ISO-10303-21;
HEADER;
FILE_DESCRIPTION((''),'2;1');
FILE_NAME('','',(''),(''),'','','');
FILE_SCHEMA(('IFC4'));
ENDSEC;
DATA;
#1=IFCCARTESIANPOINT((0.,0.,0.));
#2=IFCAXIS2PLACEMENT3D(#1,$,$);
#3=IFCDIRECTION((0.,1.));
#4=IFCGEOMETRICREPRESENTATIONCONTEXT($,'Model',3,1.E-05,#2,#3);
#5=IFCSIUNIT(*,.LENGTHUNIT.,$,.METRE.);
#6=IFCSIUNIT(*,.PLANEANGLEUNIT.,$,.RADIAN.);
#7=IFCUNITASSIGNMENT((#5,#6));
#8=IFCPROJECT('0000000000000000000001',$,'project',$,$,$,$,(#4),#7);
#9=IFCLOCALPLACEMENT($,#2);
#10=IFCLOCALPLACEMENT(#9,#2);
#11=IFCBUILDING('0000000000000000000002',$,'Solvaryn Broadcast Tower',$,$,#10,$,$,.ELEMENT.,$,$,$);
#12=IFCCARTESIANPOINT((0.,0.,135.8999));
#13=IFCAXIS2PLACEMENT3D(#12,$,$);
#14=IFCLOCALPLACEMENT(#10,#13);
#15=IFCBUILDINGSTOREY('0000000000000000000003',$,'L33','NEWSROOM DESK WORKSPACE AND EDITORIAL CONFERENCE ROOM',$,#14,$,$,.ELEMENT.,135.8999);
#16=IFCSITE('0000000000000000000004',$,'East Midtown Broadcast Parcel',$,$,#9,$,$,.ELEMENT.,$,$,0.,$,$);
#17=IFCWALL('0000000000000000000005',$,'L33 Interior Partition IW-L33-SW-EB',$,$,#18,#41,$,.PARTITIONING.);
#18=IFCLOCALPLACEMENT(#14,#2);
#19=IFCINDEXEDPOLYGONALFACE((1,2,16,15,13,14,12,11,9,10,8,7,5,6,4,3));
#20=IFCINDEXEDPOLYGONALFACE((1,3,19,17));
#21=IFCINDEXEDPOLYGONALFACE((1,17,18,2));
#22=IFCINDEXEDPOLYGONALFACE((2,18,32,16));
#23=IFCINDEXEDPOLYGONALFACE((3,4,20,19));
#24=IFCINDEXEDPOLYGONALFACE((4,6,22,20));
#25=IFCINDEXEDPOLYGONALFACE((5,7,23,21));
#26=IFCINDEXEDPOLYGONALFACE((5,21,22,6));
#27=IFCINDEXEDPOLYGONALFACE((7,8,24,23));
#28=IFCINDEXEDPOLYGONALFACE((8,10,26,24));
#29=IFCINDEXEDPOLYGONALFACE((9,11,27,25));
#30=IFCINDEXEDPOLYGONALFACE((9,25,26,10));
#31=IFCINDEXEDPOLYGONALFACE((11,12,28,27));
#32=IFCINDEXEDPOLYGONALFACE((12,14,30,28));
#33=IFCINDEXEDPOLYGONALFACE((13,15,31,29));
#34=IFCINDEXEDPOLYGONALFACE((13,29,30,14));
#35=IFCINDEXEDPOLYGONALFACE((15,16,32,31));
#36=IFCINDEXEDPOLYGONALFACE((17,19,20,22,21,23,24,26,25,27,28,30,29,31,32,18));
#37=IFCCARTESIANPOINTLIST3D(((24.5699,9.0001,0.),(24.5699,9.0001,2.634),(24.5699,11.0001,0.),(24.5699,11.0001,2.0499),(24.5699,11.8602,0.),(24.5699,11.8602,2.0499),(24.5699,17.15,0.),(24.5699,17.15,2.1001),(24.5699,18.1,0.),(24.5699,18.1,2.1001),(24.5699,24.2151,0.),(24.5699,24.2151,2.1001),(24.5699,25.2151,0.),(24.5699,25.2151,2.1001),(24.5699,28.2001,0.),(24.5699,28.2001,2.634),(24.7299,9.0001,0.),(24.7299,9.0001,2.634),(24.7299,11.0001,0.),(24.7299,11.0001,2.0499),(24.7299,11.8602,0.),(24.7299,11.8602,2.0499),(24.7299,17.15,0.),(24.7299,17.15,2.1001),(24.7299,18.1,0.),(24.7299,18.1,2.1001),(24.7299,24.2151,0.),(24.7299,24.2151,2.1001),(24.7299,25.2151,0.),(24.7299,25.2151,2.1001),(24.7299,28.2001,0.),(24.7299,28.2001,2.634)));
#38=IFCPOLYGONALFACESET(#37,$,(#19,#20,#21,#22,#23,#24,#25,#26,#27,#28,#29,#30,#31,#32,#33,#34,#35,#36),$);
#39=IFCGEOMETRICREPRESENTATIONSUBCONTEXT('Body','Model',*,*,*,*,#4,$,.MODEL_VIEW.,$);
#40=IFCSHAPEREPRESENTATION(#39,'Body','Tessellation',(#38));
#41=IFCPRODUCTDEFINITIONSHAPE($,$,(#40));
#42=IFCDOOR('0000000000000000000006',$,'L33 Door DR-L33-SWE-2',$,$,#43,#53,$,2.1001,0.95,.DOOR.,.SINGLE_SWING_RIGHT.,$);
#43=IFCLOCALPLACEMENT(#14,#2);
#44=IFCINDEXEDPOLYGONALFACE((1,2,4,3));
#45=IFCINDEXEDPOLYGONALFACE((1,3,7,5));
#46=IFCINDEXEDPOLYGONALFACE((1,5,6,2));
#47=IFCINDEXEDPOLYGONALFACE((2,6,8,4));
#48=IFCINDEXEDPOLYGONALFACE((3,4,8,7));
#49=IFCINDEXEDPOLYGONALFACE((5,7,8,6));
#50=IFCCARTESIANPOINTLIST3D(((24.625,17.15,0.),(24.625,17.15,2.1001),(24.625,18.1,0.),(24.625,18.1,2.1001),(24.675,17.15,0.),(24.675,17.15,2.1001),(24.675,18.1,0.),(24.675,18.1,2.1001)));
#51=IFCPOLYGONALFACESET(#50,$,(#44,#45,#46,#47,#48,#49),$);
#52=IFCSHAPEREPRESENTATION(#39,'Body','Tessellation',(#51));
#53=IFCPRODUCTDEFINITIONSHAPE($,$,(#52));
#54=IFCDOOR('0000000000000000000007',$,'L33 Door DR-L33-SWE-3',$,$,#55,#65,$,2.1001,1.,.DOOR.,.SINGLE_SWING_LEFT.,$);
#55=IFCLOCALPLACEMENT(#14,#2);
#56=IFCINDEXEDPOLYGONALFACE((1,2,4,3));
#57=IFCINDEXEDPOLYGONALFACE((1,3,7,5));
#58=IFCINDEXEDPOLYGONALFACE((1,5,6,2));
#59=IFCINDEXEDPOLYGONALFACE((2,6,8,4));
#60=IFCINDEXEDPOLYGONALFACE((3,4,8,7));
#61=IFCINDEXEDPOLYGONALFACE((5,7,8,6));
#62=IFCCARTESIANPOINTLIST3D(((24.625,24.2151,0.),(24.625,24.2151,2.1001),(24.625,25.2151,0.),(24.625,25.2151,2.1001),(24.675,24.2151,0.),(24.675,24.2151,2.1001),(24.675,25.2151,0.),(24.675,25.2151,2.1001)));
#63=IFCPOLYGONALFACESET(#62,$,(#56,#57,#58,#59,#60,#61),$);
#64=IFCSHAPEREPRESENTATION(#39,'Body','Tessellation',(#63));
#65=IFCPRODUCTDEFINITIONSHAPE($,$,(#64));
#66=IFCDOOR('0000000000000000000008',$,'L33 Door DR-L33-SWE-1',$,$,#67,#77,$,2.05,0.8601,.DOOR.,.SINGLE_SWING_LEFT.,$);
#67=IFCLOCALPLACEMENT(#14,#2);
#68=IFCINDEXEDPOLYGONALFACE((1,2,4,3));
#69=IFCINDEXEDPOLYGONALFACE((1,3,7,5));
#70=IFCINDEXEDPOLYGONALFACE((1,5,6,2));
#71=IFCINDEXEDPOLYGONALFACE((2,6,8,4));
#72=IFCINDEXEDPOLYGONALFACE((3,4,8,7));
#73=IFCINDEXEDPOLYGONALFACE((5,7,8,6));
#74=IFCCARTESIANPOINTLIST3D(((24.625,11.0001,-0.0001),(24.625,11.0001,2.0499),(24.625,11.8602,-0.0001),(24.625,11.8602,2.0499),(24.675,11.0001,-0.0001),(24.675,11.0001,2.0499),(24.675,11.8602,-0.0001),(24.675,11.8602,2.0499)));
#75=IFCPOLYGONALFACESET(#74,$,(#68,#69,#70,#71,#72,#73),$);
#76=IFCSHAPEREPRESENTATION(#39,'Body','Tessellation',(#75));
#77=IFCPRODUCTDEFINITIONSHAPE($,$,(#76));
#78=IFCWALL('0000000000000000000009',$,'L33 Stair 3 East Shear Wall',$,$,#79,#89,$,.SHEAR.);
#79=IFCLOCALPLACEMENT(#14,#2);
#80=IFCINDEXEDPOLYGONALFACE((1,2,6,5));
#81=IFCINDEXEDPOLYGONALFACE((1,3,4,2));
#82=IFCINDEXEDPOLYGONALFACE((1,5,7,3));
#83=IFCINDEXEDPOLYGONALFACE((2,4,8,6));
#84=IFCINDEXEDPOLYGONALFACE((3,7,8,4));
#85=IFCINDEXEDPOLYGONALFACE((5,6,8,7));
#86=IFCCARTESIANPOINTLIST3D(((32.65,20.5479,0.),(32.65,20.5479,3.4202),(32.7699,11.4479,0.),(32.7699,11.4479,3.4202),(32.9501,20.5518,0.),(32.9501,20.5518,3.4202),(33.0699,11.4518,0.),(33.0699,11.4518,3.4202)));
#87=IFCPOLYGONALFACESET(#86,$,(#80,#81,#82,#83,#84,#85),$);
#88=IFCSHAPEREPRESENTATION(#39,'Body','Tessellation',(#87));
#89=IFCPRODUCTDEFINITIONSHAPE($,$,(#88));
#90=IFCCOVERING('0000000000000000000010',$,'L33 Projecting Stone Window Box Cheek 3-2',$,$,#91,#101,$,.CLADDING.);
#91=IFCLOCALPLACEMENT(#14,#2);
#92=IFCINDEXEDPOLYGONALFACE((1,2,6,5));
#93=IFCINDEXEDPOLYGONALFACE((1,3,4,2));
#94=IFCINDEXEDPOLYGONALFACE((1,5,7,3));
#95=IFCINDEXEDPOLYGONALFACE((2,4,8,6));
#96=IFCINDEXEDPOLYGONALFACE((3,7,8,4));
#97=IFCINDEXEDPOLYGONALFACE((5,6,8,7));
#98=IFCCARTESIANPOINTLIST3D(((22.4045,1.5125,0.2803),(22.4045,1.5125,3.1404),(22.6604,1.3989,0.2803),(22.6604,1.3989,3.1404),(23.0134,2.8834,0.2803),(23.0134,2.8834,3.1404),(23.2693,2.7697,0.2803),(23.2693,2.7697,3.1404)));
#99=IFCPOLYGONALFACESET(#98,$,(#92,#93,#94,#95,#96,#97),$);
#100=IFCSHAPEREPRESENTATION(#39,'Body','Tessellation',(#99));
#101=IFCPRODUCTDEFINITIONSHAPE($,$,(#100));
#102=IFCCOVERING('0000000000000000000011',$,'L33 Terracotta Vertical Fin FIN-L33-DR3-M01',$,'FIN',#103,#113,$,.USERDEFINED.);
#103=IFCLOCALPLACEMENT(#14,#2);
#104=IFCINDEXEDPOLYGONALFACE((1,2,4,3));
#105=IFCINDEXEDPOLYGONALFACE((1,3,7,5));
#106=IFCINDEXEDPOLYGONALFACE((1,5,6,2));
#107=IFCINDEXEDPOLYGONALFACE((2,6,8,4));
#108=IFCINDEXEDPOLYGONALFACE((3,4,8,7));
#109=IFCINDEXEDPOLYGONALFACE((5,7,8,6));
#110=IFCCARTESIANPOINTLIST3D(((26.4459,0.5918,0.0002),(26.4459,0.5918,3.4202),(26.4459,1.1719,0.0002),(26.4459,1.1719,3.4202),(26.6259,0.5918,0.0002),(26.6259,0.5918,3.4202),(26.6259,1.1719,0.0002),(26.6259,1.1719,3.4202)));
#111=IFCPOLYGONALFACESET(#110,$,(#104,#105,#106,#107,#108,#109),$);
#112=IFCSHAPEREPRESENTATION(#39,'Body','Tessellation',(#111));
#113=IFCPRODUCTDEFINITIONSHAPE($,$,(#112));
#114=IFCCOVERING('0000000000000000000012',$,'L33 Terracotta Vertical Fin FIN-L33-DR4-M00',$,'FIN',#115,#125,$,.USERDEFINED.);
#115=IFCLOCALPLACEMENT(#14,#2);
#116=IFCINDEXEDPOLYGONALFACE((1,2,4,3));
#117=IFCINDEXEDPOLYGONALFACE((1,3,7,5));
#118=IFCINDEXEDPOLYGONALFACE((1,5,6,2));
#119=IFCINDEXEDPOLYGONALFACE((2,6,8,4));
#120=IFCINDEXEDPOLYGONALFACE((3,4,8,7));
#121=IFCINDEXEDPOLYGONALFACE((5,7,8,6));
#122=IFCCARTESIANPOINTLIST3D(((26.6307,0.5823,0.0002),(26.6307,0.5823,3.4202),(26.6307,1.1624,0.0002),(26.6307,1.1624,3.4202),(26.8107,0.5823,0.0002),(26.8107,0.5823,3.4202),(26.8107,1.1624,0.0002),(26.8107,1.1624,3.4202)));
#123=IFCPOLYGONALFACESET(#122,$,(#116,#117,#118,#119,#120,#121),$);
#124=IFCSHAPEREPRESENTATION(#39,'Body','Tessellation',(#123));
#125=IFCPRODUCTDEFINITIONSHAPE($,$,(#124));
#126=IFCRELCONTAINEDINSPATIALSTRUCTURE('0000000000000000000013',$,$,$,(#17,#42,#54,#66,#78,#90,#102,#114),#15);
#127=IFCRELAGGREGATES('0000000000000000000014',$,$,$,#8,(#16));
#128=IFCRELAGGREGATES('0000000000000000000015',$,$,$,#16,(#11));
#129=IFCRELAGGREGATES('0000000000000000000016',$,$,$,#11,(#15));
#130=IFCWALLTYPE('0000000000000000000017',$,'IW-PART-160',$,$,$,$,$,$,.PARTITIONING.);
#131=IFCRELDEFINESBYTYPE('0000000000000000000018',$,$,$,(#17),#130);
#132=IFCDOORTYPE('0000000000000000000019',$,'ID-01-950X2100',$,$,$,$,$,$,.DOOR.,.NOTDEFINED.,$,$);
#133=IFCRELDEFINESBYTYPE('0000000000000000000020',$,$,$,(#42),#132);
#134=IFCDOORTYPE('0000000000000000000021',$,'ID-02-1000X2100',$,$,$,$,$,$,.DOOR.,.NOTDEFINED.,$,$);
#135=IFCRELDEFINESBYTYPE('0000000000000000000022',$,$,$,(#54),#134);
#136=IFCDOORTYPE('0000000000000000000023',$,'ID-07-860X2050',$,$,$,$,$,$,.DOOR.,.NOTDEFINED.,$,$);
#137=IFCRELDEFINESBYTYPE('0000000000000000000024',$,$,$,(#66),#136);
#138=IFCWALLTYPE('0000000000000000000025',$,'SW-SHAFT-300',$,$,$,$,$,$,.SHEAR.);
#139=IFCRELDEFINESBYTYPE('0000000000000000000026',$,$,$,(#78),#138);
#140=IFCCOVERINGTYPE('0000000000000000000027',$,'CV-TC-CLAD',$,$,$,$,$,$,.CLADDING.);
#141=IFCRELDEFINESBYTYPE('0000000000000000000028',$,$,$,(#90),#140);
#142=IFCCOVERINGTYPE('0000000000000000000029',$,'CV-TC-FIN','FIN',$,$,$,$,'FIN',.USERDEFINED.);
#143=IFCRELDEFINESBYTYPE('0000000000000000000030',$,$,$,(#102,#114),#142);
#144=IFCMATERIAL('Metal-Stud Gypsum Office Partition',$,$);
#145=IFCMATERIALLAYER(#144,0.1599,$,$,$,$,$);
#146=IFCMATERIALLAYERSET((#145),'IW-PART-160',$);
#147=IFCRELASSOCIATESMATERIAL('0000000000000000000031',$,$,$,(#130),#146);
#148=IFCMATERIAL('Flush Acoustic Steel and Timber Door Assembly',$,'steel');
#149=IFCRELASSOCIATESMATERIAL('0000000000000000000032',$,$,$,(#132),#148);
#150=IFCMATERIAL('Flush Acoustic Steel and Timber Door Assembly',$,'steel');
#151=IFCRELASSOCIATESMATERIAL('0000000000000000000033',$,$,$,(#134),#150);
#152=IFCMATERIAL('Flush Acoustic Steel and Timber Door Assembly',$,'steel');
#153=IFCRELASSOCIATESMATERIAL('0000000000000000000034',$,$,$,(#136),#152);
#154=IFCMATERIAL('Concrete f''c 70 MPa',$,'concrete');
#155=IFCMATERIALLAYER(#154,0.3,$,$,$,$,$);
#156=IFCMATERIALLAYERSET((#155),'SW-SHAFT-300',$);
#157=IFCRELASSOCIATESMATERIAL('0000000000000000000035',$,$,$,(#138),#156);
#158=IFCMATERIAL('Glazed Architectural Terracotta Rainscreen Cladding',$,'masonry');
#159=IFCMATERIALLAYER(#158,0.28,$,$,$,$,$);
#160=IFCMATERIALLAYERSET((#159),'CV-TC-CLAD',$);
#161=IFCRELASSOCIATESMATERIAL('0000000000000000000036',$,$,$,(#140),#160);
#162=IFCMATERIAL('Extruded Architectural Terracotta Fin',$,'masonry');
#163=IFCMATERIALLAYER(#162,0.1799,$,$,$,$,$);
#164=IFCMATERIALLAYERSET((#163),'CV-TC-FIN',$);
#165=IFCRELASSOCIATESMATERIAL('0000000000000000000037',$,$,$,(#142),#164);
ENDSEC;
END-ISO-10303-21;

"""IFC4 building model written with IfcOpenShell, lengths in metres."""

from ifc_helpers import new_model, si_unit, direction, frame, frame_2d, origin, origin_2d, place, context, subcontext, project, spatial, rectangle, extrude, material, layer, layer_set, type_object, element, fill, save


model = new_model("IFC4")

# Units and contexts
model_context = context("Model", 3, precision=1e-05, world=origin(), true_north=direction((0.0, 1.0)))
body_context = subcontext(model_context, "Body", "Model", "MODEL_VIEW")
ifc_project = project(units=[si_unit("LENGTHUNIT", "METRE"), si_unit("PLANEANGLEUNIT", "RADIAN")], contexts=[model_context])

# Site, building, storey
site_placement = place(None, origin())
site = spatial("IfcSite", under=ifc_project, at=site_placement, Name="East Midtown Broadcast Parcel", CompositionType="ELEMENT", RefElevation=0.0)
building_placement = place(site_placement, origin())
building = spatial("IfcBuilding", under=site, at=building_placement, Name="Solvaryn Broadcast Tower", CompositionType="ELEMENT")
storey_placement = place(building_placement, frame((0.0, 0.0, 135.8999)))
storey = spatial("IfcBuildingStorey", under=building, at=storey_placement, Name="L33", Description="NEWSROOM DESK WORKSPACE AND EDITORIAL CONFERENCE ROOM", CompositionType="ELEMENT", Elevation=135.8999)

# Wall, openings, doors
ifc_material_1 = material(Name="Metal-Stud Gypsum Office Partition")
ifc_layer_1 = layer(ifc_material_1, 0.1599)
ifc_layer_set_1 = layer_set([ifc_layer_1], Name="IW-PART-160")
wall_type_1 = type_object("IfcWallType", Name="IW-PART-160", PredefinedType="PARTITIONING", material=ifc_layer_set_1)
wall_1_placement = place(storey_placement, frame((24.6499, 9.0, 0.0), z_axis=(0.0, 0.0, 1.0), x_axis=(0.0, 1.0, 0.0)))
wall_1 = element("IfcWall", 1, at=wall_1_placement, inside=storey, type_object=wall_type_1, Name="L33 Interior Partition IW-L33-SW-EB", PredefinedType="PARTITIONING", context=body_context, shape_type="SweptSolid", body=[
    extrude(rectangle(XDim=19.2, YDim=0.1599, at=frame_2d((9.6001, 0.0))), origin(), (0.0, 0.0, 1.0), 2.634),
])
opening_1_placement = place(wall_1_placement, frame((2.0, 0.0, 0.0)))
opening_1 = element("IfcOpeningElement", 2, at=opening_1_placement, cuts=wall_1, PredefinedType="OPENING", context=body_context, shape_type="SweptSolid", body=[
    extrude(rectangle(XDim=0.8601, YDim=2.05, at=frame_2d((0.4302, 1.0249))), frame((0.0, 0.0901, 0.0), z_axis=(0.0, -1.0, 0.0), x_axis=(1.0, 0.0, 0.0)), (0.0, 0.0, 1.0), 0.1799),
])
opening_2_placement = place(wall_1_placement, frame((8.1499, 0.0, 0.0)))
opening_2 = element("IfcOpeningElement", 3, at=opening_2_placement, cuts=wall_1, PredefinedType="OPENING", context=body_context, shape_type="SweptSolid", body=[
    extrude(rectangle(XDim=0.95, YDim=2.1001, at=frame_2d((0.4751, 1.05))), frame((0.0, 0.0901, 0.0), z_axis=(0.0, -1.0, 0.0), x_axis=(1.0, 0.0, 0.0)), (0.0, 0.0, 1.0), 0.1799),
])
opening_3_placement = place(wall_1_placement, frame((15.2151, 0.0, 0.0)))
opening_3 = element("IfcOpeningElement", 4, at=opening_3_placement, cuts=wall_1, PredefinedType="OPENING", context=body_context, shape_type="SweptSolid", body=[
    extrude(rectangle(XDim=1.0, YDim=2.1001, at=frame_2d((0.5, 1.05))), frame((0.0, 0.0901, 0.0), z_axis=(0.0, -1.0, 0.0), x_axis=(1.0, 0.0, 0.0)), (0.0, 0.0, 1.0), 0.1799),
])
ifc_material_2 = material(Name="Flush Acoustic Steel and Timber Door Assembly", Category="steel")
door_type_1 = type_object("IfcDoorType", Name="ID-01-950X2100", OperationType="NOTDEFINED", PredefinedType="DOOR", material=ifc_material_2)
door_1_placement = place(opening_2_placement, origin())
door_1 = element("IfcDoor", 5, at=door_1_placement, inside=storey, type_object=door_type_1, Name="L33 Door DR-L33-SWE-2", OperationType="SINGLE_SWING_RIGHT", OverallHeight=2.1001, OverallWidth=0.95, PredefinedType="DOOR", context=body_context, shape_type="SweptSolid", body=[
    extrude(rectangle(XDim=0.95, YDim=2.1001, at=frame_2d((0.4751, 1.05))), frame((0.0, 0.0249, 0.0), z_axis=(0.0, -1.0, 0.0), x_axis=(1.0, 0.0, 0.0)), (0.0, 0.0, 1.0), 0.05),
])
fill(opening_2, door_1)
ifc_material_3 = material(Name="Flush Acoustic Steel and Timber Door Assembly", Category="steel")
door_type_2 = type_object("IfcDoorType", Name="ID-02-1000X2100", OperationType="NOTDEFINED", PredefinedType="DOOR", material=ifc_material_3)
door_2_placement = place(opening_3_placement, origin())
door_2 = element("IfcDoor", 6, at=door_2_placement, inside=storey, type_object=door_type_2, Name="L33 Door DR-L33-SWE-3", OperationType="SINGLE_SWING_LEFT", OverallHeight=2.1001, OverallWidth=1.0, PredefinedType="DOOR", context=body_context, shape_type="SweptSolid", body=[
    extrude(rectangle(XDim=1.0, YDim=2.1001, at=frame_2d((0.5, 1.05))), frame((0.0, 0.0249, 0.0), z_axis=(0.0, -1.0, 0.0), x_axis=(1.0, 0.0, 0.0)), (0.0, 0.0, 1.0), 0.05),
])
fill(opening_3, door_2)
ifc_material_4 = material(Name="Flush Acoustic Steel and Timber Door Assembly", Category="steel")
door_type_3 = type_object("IfcDoorType", Name="ID-07-860X2050", OperationType="NOTDEFINED", PredefinedType="DOOR", material=ifc_material_4)
door_3_placement = place(opening_1_placement, origin())
door_3 = element("IfcDoor", 7, at=door_3_placement, inside=storey, type_object=door_type_3, Name="L33 Door DR-L33-SWE-1", OperationType="SINGLE_SWING_LEFT", OverallHeight=2.05, OverallWidth=0.8601, PredefinedType="DOOR", context=body_context, shape_type="SweptSolid", body=[
    extrude(rectangle(XDim=0.8601, YDim=2.05, at=frame_2d((0.4302, 1.0249))), frame((0.0, 0.0249, 0.0), z_axis=(0.0, -1.0, 0.0), x_axis=(1.0, 0.0, 0.0)), (0.0, 0.0, 1.0), 0.05),
])
fill(opening_1, door_3)

# Wall
ifc_material_5 = material(Name="Concrete f'c 70 MPa", Category="concrete")
ifc_layer_2 = layer(ifc_material_5, 0.3)
ifc_layer_set_2 = layer_set([ifc_layer_2], Name="SW-SHAFT-300")
wall_type_2 = type_object("IfcWallType", Name="SW-SHAFT-300", PredefinedType="SHEAR", material=ifc_layer_set_2)
wall_2_placement = place(storey_placement, frame((32.9199, 11.45, 0.0), z_axis=(0.0, 0.0, 1.0), x_axis=(-0.013172, 0.999913, 0.0)))
element("IfcWall", 8, at=wall_2_placement, inside=storey, type_object=wall_type_2, Name="L33 Stair 3 East Shear Wall", PredefinedType="SHEAR", context=body_context, shape_type="SweptSolid", body=[
    extrude(rectangle(XDim=9.1008, YDim=0.3, at=frame_2d((4.5503, 0.0))), origin(), (0.0, 0.0, 1.0), 3.4202),
])

# Coverings
ifc_material_6 = material(Name="Glazed Architectural Terracotta Rainscreen Cladding", Category="masonry")
ifc_layer_3 = layer(ifc_material_6, 0.28)
ifc_layer_set_3 = layer_set([ifc_layer_3], Name="CV-TC-CLAD")
covering_type_1 = type_object("IfcCoveringType", Name="CV-TC-CLAD", PredefinedType="CLADDING", material=ifc_layer_set_3)
covering_placement = place(storey_placement, frame((22.8369, 2.1411, 0.2803), z_axis=(0.0, 0.0, 1.0), x_axis=(0.9139, -0.405939, 0.0)))
element("IfcCovering", 9, at=covering_placement, inside=storey, type_object=covering_type_1, Name="L33 Projecting Stone Window Box Cheek 3-2", PredefinedType="CLADDING", context=body_context, shape_type="SweptSolid", body=[
    extrude(rectangle(XDim=0.28, YDim=1.5, at=origin_2d()), origin(), (0.0, 0.0, 1.0), 2.8601),
])
ifc_material_7 = material(Name="Extruded Architectural Terracotta Fin", Category="masonry")
ifc_layer_4 = layer(ifc_material_7, 0.1799)
ifc_layer_set_4 = layer_set([ifc_layer_4], Name="CV-TC-FIN")
covering_type_2 = type_object("IfcCoveringType", Name="CV-TC-FIN", Description="FIN", ElementType="FIN", PredefinedType="USERDEFINED", material=ifc_layer_set_4)
for number, where, z_axis, x_axis, name in (
    (10, (26.5359, 0.8818, 0.0002), (0.0, 0.0, 1.0), (1.0, 0.0, 0.0), "L33 Terracotta Vertical Fin FIN-L33-DR3-M01"),
    (11, (26.7207, 0.8723, 0.0002), (0.0, 0.0, 1.0), (1.0, 0.0, 0.0), "L33 Terracotta Vertical Fin FIN-L33-DR4-M00"),
):
    element("IfcCovering", number, at=place(storey_placement, frame(where, z_axis=z_axis, x_axis=x_axis)), inside=storey, type_object=covering_type_2, Name=name, ObjectType="FIN", PredefinedType="USERDEFINED", context=body_context, shape_type="SweptSolid", body=[
        extrude(rectangle(XDim=0.1799, YDim=0.5801, at=origin_2d()), origin(), (0.0, 0.0, 1.0), 3.4199),
    ])

save(model, "model.ifc")
